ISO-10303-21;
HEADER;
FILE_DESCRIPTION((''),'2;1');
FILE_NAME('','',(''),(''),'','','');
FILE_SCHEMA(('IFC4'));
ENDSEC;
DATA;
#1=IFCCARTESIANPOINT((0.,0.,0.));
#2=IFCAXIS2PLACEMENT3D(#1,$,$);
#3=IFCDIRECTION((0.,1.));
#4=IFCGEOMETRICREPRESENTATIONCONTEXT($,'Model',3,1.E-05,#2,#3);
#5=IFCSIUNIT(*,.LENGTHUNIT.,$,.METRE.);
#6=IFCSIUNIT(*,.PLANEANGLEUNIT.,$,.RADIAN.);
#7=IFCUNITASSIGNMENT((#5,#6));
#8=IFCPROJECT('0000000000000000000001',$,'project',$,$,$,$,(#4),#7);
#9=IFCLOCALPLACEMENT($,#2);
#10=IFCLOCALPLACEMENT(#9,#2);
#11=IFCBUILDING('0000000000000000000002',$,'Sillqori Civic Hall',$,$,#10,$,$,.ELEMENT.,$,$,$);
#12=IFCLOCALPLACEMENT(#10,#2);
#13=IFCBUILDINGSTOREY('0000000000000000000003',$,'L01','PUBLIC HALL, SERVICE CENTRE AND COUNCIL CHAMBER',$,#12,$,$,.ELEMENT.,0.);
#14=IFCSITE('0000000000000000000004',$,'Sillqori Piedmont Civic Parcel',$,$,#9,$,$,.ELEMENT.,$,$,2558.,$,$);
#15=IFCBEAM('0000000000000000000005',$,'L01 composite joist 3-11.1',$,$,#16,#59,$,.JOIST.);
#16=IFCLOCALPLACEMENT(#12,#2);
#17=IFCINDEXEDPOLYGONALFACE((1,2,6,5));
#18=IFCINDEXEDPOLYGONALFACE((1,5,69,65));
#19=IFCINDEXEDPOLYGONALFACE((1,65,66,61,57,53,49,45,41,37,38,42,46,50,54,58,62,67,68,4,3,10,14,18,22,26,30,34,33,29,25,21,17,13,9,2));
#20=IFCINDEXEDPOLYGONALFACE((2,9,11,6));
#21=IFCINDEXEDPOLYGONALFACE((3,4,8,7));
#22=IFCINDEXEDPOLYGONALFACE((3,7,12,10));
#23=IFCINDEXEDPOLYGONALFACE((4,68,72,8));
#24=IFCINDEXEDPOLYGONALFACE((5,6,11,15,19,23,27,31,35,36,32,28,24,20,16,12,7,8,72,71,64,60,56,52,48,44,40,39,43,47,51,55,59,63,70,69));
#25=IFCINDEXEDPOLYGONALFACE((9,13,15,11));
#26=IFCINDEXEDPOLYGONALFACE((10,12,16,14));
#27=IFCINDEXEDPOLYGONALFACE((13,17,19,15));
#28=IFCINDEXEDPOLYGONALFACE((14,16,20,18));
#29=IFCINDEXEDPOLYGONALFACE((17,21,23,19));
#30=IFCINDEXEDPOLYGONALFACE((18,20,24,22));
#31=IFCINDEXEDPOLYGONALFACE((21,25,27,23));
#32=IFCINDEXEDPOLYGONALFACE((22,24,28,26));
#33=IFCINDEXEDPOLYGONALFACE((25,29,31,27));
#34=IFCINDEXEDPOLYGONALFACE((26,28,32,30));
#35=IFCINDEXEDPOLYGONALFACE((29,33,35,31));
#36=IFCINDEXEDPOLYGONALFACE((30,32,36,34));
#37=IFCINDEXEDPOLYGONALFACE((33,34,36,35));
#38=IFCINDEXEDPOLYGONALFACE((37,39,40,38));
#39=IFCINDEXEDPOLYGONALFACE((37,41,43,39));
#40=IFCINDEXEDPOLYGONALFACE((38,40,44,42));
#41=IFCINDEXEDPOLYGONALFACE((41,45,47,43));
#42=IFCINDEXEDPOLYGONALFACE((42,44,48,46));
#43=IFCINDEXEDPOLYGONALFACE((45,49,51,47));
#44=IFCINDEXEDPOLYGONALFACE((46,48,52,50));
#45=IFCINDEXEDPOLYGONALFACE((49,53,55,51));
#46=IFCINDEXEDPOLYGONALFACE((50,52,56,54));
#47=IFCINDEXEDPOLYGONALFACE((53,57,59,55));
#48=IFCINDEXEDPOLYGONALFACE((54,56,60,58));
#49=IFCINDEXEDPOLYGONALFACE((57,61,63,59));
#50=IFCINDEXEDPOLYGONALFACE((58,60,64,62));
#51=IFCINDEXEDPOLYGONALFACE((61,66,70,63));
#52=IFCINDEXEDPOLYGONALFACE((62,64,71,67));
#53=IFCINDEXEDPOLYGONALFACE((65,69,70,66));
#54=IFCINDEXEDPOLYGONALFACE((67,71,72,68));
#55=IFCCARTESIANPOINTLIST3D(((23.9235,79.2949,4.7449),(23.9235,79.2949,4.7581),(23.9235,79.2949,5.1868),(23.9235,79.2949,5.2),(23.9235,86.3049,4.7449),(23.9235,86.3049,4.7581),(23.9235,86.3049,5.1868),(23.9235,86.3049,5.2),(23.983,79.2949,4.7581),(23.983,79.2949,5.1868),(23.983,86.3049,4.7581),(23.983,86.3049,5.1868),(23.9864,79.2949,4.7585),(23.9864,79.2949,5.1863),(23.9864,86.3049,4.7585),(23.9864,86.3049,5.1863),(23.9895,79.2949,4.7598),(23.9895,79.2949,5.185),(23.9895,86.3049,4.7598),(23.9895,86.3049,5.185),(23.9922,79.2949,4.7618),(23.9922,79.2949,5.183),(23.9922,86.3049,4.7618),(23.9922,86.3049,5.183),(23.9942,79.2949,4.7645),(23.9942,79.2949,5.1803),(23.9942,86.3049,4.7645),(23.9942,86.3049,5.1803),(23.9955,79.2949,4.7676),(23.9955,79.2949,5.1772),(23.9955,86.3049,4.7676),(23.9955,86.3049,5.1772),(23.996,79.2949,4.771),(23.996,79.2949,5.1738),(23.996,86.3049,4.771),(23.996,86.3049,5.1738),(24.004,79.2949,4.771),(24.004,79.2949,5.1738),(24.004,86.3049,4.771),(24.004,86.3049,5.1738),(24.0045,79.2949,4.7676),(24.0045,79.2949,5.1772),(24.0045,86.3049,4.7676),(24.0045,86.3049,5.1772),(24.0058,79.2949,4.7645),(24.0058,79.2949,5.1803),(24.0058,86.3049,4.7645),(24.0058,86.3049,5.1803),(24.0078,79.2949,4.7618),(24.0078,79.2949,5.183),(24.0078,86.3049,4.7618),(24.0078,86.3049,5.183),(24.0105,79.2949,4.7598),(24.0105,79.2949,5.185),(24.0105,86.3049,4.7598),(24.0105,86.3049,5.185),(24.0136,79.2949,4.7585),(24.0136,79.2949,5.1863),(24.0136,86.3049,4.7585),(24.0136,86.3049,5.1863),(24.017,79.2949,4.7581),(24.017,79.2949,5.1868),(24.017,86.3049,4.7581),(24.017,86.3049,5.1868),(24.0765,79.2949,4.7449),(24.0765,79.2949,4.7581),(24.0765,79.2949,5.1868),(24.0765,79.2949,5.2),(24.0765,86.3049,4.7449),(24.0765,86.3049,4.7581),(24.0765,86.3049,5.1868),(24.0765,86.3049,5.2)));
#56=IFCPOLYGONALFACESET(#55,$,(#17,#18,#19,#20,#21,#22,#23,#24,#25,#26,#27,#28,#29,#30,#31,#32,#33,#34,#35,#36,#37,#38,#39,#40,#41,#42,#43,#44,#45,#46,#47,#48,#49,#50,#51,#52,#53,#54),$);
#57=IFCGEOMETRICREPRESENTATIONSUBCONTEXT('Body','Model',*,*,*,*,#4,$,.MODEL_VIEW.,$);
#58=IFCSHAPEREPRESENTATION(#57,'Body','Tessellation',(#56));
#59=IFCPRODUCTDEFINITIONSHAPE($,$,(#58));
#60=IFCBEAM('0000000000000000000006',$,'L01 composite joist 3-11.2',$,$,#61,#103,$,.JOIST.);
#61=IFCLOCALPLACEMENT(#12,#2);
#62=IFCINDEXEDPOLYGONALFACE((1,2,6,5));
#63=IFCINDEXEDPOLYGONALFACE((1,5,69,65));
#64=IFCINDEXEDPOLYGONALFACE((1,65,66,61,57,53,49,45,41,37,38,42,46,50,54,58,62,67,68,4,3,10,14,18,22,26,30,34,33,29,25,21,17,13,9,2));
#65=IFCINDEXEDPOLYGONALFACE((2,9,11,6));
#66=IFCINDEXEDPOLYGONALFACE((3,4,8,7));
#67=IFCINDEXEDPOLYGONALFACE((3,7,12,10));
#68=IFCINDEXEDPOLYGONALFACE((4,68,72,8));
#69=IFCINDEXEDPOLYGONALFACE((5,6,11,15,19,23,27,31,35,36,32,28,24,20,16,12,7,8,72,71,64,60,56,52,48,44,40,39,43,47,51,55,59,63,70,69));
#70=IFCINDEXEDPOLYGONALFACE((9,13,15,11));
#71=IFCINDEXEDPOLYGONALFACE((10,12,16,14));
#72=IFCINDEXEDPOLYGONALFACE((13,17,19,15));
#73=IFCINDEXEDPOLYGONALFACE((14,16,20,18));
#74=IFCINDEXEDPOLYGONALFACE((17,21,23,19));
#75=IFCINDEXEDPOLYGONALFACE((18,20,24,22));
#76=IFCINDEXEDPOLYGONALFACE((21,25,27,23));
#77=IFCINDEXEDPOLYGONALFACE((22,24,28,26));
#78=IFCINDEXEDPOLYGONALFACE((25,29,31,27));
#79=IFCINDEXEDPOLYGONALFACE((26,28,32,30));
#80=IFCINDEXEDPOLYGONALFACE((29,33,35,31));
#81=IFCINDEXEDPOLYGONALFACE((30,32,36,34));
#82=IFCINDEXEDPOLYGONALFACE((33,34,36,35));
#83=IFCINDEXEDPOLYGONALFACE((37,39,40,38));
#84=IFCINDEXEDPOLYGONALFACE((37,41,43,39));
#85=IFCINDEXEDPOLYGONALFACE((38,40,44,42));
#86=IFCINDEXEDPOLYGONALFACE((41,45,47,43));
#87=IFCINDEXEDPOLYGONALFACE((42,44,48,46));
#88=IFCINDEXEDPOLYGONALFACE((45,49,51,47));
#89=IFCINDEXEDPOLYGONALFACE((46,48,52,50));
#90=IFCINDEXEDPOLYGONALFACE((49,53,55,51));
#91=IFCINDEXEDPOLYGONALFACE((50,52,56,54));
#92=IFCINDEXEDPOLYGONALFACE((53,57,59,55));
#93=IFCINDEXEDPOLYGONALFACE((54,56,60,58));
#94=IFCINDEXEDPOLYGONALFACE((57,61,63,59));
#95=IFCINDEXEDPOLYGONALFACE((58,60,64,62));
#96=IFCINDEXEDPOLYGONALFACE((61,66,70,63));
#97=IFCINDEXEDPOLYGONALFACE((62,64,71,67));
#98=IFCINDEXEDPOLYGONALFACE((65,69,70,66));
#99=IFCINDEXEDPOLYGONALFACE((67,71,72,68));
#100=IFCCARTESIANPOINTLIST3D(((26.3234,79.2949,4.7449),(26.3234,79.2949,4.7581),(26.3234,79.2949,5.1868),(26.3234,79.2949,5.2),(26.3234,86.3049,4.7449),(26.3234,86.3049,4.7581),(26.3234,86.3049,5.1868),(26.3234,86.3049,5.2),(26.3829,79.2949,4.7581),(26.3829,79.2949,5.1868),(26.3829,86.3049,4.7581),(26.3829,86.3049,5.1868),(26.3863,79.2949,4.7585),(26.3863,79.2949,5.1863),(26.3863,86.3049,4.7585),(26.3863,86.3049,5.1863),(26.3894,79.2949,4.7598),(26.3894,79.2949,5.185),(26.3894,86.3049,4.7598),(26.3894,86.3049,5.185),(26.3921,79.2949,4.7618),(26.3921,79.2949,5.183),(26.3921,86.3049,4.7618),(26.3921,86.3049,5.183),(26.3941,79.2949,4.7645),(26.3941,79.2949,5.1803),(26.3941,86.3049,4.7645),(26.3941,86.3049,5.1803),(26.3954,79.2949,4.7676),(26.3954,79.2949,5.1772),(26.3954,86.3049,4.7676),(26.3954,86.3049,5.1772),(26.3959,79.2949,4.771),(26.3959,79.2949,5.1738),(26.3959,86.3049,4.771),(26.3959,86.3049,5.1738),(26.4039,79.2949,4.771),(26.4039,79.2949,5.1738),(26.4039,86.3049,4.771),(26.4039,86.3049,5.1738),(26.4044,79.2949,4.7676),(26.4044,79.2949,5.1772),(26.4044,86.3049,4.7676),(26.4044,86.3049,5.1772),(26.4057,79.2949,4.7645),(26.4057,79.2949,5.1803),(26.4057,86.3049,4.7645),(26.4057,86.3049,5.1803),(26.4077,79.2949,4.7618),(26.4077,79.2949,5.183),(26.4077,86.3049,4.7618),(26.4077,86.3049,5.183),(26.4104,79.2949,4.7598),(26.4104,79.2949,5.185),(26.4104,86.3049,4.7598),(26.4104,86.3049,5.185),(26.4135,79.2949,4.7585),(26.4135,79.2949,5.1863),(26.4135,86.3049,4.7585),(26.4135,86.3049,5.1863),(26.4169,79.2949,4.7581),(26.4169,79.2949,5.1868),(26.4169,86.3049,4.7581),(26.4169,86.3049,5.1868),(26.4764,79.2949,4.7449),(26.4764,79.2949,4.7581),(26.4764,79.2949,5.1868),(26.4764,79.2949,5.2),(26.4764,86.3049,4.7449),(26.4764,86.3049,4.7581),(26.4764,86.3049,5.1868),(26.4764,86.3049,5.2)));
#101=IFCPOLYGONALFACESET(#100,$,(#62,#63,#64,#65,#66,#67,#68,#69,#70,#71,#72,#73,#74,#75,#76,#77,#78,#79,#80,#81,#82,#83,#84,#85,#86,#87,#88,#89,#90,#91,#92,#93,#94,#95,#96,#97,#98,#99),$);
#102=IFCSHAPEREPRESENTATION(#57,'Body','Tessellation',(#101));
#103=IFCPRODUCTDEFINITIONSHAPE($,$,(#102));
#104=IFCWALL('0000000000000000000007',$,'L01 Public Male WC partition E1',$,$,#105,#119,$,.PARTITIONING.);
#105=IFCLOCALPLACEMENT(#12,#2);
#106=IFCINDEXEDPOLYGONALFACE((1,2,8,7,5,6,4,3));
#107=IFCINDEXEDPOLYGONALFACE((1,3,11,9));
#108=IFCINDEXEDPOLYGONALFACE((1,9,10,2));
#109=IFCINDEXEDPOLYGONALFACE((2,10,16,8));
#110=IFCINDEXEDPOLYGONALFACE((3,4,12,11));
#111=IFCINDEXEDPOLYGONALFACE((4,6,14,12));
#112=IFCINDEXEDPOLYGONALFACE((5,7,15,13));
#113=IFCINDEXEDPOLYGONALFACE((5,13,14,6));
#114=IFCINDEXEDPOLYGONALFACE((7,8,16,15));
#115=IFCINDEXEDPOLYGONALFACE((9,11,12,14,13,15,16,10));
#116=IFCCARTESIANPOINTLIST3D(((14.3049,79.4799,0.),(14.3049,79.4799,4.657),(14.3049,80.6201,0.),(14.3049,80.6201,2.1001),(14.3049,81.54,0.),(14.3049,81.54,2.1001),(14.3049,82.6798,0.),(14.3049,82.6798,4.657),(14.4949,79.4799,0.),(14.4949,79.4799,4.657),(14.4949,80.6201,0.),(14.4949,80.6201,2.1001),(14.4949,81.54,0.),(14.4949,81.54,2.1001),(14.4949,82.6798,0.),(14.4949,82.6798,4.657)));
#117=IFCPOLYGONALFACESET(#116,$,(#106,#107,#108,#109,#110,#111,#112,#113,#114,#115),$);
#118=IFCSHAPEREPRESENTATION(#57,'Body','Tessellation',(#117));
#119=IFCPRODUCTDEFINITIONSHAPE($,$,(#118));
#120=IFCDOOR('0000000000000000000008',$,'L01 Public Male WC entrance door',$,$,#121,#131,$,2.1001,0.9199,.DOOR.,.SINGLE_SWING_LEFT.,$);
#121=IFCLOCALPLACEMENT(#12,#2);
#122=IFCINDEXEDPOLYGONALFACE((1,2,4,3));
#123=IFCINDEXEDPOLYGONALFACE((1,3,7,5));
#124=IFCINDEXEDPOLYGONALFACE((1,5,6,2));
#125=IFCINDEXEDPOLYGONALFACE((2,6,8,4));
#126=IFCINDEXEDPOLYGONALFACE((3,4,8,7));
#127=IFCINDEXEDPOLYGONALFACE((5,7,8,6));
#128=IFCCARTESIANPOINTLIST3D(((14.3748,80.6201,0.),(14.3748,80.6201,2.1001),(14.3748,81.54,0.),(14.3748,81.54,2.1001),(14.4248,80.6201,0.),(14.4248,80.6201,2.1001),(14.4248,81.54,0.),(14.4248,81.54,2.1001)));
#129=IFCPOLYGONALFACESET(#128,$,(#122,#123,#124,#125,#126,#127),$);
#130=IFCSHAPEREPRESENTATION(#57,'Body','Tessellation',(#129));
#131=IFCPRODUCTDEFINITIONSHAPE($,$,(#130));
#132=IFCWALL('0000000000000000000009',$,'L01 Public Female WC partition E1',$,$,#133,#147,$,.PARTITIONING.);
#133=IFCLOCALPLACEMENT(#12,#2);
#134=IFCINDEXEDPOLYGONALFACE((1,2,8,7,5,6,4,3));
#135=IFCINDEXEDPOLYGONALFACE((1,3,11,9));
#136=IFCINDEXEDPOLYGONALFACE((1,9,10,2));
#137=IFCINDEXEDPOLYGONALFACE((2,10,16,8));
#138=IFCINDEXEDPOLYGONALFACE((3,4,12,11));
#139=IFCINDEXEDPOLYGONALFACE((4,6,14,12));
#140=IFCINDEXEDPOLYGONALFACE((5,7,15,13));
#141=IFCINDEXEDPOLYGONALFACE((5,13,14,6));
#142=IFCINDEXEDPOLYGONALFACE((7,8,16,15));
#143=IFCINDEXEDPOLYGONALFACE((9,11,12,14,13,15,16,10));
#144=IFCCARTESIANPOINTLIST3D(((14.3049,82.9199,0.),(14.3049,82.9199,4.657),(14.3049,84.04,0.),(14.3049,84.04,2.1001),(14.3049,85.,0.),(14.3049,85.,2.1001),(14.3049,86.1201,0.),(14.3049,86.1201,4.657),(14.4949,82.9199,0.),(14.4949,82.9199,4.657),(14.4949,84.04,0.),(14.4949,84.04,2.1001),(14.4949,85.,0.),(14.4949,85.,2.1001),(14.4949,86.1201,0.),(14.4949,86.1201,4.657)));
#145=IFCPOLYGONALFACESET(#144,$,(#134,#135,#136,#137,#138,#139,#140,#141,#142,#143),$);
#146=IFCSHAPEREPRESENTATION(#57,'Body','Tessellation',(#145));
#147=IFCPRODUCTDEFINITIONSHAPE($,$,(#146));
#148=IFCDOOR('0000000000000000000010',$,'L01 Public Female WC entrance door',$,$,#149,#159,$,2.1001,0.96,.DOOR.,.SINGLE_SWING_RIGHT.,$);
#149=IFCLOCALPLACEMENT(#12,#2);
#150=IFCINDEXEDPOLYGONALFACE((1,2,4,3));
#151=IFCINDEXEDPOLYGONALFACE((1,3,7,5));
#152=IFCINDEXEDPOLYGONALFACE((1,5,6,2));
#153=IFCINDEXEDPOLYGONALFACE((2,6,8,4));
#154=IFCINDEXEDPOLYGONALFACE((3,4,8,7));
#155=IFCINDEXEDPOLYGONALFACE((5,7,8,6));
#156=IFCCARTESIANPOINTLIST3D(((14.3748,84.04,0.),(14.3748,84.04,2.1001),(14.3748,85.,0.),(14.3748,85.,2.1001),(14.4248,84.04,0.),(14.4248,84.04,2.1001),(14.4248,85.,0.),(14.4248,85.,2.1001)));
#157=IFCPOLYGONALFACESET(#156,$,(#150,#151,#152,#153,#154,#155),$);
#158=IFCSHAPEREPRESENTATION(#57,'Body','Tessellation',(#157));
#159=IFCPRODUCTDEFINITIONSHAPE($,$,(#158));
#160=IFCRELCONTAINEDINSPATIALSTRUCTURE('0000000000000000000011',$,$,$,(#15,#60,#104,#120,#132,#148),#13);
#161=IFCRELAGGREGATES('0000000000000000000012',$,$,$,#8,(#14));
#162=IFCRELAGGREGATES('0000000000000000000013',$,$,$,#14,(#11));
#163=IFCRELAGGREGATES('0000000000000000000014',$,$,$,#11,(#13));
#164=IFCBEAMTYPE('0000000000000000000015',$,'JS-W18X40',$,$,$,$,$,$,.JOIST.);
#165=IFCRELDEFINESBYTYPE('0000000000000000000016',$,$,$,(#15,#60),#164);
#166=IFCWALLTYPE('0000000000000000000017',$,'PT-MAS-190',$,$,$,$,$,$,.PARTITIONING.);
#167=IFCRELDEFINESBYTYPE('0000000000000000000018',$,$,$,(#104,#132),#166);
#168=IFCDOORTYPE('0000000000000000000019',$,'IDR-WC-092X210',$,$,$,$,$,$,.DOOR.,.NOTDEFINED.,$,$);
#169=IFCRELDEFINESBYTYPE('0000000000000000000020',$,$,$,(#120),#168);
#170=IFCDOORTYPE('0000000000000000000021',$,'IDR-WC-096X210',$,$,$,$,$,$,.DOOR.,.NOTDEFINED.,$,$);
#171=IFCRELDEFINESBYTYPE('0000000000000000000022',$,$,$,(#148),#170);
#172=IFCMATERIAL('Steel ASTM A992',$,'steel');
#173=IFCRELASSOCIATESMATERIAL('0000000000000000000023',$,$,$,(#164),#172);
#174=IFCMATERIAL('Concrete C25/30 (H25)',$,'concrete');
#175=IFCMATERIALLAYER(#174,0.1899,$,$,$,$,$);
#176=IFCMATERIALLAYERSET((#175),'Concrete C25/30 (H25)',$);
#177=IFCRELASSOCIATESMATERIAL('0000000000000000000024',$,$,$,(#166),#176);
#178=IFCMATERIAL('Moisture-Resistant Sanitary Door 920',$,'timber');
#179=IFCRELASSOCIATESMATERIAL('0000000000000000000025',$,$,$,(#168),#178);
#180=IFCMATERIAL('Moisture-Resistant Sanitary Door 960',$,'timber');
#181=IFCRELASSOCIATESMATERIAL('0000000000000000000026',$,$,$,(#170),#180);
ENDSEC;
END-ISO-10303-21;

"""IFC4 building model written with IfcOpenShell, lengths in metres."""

from ifc_helpers import new_model, si_unit, direction, frame, frame_2d, origin, origin_2d, place, context, subcontext, project, spatial, rectangle, i_section, extrude, material, layer, layer_set, material_profile, profile_set, type_object, element, fill, save


model = new_model("IFC4")

# Units and contexts
model_context = context("Model", 3, precision=1e-05, world=origin(), true_north=direction((0.0, 1.0)))
body_context = subcontext(model_context, "Body", "Model", "MODEL_VIEW")
ifc_project = project(units=[si_unit("LENGTHUNIT", "METRE"), si_unit("PLANEANGLEUNIT", "RADIAN")], contexts=[model_context])

# Site, building, storey
site_placement = place(None, origin())
site = spatial("IfcSite", under=ifc_project, at=site_placement, Name="Sillqori Piedmont Civic Parcel", CompositionType="ELEMENT", RefElevation=2558.0)
building_placement = place(site_placement, origin())
building = spatial("IfcBuilding", under=site, at=building_placement, Name="Sillqori Civic Hall", CompositionType="ELEMENT")
storey_placement = place(building_placement, origin())
storey = spatial("IfcBuildingStorey", under=building, at=storey_placement, Name="L01", Description="PUBLIC HALL, SERVICE CENTRE AND COUNCIL CHAMBER", CompositionType="ELEMENT", Elevation=0.0)

# Shared definitions
ifc_material_1 = material(Name="Steel ASTM A992", Category="steel")

# Beams
ifc_material_profile_1 = material_profile(ifc_material_1, i_section(OverallWidth=0.1531, OverallDepth=0.4551, WebThickness=0.0081, FlangeThickness=0.0132, FilletRadius=0.0129, at=origin_2d()), Name="W18X40")
ifc_profile_set_1 = profile_set([ifc_material_profile_1], Name="Steel ASTM A992")
beam_type_1 = type_object("IfcBeamType", Name="JS-W18X40", PredefinedType="JOIST", material=ifc_profile_set_1)
for number, where, z_axis, x_axis, name in (
    (1, (24.0, 79.2949, 4.9724), (0.0, 1.0, 0.0), (-1.0, 0.0, 0.0), "L01 composite joist 3-11.1"),
    (2, (26.3999, 79.2949, 4.9724), (0.0, 1.0, 0.0), (-1.0, 0.0, 0.0), "L01 composite joist 3-11.2"),
):
    element("IfcBeam", number, at=place(storey_placement, frame(where, z_axis=z_axis, x_axis=x_axis)), inside=storey, type_object=beam_type_1, Name=name, PredefinedType="JOIST", context=body_context, shape_type="SweptSolid", body=[
        extrude(i_section(OverallWidth=0.1531, OverallDepth=0.4551, WebThickness=0.0081, FlangeThickness=0.0132, FilletRadius=0.0129, at=origin_2d()), origin(), (0.0, 0.0, 1.0), 7.01),
    ])

# Walls, openings, doors
ifc_material_2 = material(Name="Concrete C25/30 (H25)", Category="concrete")
ifc_layer = layer(ifc_material_2, 0.1899)
ifc_layer_set = layer_set([ifc_layer], Name="Concrete C25/30 (H25)")
wall_type = type_object("IfcWallType", Name="PT-MAS-190", PredefinedType="PARTITIONING", material=ifc_layer_set)
wall_1_placement = place(storey_placement, frame((14.3999, 82.6799, 0.0), z_axis=(0.0, 0.0, 1.0), x_axis=(0.0, -1.0, 0.0)))
wall_1 = element("IfcWall", 3, at=wall_1_placement, inside=storey, type_object=wall_type, Name="L01 Public Male WC partition E1", PredefinedType="PARTITIONING", context=body_context, shape_type="SweptSolid", body=[
    extrude(rectangle(XDim=3.2, YDim=0.1899, at=frame_2d((1.6001, 0.0))), origin(), (0.0, 0.0, 1.0), 4.657),
])
opening_1_placement = place(wall_1_placement, frame((1.1399, 0.0, 0.0)))
opening_1 = element("IfcOpeningElement", 4, at=opening_1_placement, cuts=wall_1, PredefinedType="OPENING", context=body_context, shape_type="SweptSolid", body=[
    extrude(rectangle(XDim=0.9199, YDim=2.1001, at=frame_2d((0.46, 1.05))), frame((0.0, 0.105, 0.0), z_axis=(0.0, -1.0, 0.0), x_axis=(1.0, 0.0, 0.0)), (0.0, 0.0, 1.0), 0.21),
])
ifc_material_3 = material(Name="Moisture-Resistant Sanitary Door 920", Category="timber")
door_type_1 = type_object("IfcDoorType", Name="IDR-WC-092X210", OperationType="NOTDEFINED", PredefinedType="DOOR", material=ifc_material_3)
door_1_placement = place(opening_1_placement, origin())
door_1 = element("IfcDoor", 5, at=door_1_placement, inside=storey, type_object=door_type_1, Name="L01 Public Male WC entrance door", OperationType="SINGLE_SWING_LEFT", OverallHeight=2.1001, OverallWidth=0.9199, PredefinedType="DOOR", context=body_context, shape_type="SweptSolid", body=[
    extrude(rectangle(XDim=0.9199, YDim=2.1001, at=frame_2d((0.46, 1.05))), frame((0.0, 0.0249, 0.0), z_axis=(0.0, -1.0, 0.0), x_axis=(1.0, 0.0, 0.0)), (0.0, 0.0, 1.0), 0.05),
])
fill(opening_1, door_1)
wall_2_placement = place(storey_placement, frame((14.3999, 86.1201, 0.0), z_axis=(0.0, 0.0, 1.0), x_axis=(0.0, -1.0, 0.0)))
wall_2 = element("IfcWall", 6, at=wall_2_placement, inside=storey, type_object=wall_type, Name="L01 Public Female WC partition E1", PredefinedType="PARTITIONING", context=body_context, shape_type="SweptSolid", body=[
    extrude(rectangle(XDim=3.2002, YDim=0.1899, at=frame_2d((1.6001, 0.0))), origin(), (0.0, 0.0, 1.0), 4.657),
])
opening_2_placement = place(wall_2_placement, frame((1.1201, 0.0, 0.0)))
opening_2 = element("IfcOpeningElement", 7, at=opening_2_placement, cuts=wall_2, PredefinedType="OPENING", context=body_context, shape_type="SweptSolid", body=[
    extrude(rectangle(XDim=0.96, YDim=2.1001, at=frame_2d((0.48, 1.05))), frame((0.0, 0.105, 0.0), z_axis=(0.0, -1.0, 0.0), x_axis=(1.0, 0.0, 0.0)), (0.0, 0.0, 1.0), 0.21),
])
ifc_material_4 = material(Name="Moisture-Resistant Sanitary Door 960", Category="timber")
door_type_2 = type_object("IfcDoorType", Name="IDR-WC-096X210", OperationType="NOTDEFINED", PredefinedType="DOOR", material=ifc_material_4)
door_2_placement = place(opening_2_placement, origin())
door_2 = element("IfcDoor", 8, at=door_2_placement, inside=storey, type_object=door_type_2, Name="L01 Public Female WC entrance door", OperationType="SINGLE_SWING_RIGHT", OverallHeight=2.1001, OverallWidth=0.96, PredefinedType="DOOR", context=body_context, shape_type="SweptSolid", body=[
    extrude(rectangle(XDim=0.96, YDim=2.1001, at=frame_2d((0.48, 1.05))), frame((0.0, 0.0249, 0.0), z_axis=(0.0, -1.0, 0.0), x_axis=(1.0, 0.0, 0.0)), (0.0, 0.0, 1.0), 0.05),
])
fill(opening_2, door_2)

save(model, "model.ifc")
